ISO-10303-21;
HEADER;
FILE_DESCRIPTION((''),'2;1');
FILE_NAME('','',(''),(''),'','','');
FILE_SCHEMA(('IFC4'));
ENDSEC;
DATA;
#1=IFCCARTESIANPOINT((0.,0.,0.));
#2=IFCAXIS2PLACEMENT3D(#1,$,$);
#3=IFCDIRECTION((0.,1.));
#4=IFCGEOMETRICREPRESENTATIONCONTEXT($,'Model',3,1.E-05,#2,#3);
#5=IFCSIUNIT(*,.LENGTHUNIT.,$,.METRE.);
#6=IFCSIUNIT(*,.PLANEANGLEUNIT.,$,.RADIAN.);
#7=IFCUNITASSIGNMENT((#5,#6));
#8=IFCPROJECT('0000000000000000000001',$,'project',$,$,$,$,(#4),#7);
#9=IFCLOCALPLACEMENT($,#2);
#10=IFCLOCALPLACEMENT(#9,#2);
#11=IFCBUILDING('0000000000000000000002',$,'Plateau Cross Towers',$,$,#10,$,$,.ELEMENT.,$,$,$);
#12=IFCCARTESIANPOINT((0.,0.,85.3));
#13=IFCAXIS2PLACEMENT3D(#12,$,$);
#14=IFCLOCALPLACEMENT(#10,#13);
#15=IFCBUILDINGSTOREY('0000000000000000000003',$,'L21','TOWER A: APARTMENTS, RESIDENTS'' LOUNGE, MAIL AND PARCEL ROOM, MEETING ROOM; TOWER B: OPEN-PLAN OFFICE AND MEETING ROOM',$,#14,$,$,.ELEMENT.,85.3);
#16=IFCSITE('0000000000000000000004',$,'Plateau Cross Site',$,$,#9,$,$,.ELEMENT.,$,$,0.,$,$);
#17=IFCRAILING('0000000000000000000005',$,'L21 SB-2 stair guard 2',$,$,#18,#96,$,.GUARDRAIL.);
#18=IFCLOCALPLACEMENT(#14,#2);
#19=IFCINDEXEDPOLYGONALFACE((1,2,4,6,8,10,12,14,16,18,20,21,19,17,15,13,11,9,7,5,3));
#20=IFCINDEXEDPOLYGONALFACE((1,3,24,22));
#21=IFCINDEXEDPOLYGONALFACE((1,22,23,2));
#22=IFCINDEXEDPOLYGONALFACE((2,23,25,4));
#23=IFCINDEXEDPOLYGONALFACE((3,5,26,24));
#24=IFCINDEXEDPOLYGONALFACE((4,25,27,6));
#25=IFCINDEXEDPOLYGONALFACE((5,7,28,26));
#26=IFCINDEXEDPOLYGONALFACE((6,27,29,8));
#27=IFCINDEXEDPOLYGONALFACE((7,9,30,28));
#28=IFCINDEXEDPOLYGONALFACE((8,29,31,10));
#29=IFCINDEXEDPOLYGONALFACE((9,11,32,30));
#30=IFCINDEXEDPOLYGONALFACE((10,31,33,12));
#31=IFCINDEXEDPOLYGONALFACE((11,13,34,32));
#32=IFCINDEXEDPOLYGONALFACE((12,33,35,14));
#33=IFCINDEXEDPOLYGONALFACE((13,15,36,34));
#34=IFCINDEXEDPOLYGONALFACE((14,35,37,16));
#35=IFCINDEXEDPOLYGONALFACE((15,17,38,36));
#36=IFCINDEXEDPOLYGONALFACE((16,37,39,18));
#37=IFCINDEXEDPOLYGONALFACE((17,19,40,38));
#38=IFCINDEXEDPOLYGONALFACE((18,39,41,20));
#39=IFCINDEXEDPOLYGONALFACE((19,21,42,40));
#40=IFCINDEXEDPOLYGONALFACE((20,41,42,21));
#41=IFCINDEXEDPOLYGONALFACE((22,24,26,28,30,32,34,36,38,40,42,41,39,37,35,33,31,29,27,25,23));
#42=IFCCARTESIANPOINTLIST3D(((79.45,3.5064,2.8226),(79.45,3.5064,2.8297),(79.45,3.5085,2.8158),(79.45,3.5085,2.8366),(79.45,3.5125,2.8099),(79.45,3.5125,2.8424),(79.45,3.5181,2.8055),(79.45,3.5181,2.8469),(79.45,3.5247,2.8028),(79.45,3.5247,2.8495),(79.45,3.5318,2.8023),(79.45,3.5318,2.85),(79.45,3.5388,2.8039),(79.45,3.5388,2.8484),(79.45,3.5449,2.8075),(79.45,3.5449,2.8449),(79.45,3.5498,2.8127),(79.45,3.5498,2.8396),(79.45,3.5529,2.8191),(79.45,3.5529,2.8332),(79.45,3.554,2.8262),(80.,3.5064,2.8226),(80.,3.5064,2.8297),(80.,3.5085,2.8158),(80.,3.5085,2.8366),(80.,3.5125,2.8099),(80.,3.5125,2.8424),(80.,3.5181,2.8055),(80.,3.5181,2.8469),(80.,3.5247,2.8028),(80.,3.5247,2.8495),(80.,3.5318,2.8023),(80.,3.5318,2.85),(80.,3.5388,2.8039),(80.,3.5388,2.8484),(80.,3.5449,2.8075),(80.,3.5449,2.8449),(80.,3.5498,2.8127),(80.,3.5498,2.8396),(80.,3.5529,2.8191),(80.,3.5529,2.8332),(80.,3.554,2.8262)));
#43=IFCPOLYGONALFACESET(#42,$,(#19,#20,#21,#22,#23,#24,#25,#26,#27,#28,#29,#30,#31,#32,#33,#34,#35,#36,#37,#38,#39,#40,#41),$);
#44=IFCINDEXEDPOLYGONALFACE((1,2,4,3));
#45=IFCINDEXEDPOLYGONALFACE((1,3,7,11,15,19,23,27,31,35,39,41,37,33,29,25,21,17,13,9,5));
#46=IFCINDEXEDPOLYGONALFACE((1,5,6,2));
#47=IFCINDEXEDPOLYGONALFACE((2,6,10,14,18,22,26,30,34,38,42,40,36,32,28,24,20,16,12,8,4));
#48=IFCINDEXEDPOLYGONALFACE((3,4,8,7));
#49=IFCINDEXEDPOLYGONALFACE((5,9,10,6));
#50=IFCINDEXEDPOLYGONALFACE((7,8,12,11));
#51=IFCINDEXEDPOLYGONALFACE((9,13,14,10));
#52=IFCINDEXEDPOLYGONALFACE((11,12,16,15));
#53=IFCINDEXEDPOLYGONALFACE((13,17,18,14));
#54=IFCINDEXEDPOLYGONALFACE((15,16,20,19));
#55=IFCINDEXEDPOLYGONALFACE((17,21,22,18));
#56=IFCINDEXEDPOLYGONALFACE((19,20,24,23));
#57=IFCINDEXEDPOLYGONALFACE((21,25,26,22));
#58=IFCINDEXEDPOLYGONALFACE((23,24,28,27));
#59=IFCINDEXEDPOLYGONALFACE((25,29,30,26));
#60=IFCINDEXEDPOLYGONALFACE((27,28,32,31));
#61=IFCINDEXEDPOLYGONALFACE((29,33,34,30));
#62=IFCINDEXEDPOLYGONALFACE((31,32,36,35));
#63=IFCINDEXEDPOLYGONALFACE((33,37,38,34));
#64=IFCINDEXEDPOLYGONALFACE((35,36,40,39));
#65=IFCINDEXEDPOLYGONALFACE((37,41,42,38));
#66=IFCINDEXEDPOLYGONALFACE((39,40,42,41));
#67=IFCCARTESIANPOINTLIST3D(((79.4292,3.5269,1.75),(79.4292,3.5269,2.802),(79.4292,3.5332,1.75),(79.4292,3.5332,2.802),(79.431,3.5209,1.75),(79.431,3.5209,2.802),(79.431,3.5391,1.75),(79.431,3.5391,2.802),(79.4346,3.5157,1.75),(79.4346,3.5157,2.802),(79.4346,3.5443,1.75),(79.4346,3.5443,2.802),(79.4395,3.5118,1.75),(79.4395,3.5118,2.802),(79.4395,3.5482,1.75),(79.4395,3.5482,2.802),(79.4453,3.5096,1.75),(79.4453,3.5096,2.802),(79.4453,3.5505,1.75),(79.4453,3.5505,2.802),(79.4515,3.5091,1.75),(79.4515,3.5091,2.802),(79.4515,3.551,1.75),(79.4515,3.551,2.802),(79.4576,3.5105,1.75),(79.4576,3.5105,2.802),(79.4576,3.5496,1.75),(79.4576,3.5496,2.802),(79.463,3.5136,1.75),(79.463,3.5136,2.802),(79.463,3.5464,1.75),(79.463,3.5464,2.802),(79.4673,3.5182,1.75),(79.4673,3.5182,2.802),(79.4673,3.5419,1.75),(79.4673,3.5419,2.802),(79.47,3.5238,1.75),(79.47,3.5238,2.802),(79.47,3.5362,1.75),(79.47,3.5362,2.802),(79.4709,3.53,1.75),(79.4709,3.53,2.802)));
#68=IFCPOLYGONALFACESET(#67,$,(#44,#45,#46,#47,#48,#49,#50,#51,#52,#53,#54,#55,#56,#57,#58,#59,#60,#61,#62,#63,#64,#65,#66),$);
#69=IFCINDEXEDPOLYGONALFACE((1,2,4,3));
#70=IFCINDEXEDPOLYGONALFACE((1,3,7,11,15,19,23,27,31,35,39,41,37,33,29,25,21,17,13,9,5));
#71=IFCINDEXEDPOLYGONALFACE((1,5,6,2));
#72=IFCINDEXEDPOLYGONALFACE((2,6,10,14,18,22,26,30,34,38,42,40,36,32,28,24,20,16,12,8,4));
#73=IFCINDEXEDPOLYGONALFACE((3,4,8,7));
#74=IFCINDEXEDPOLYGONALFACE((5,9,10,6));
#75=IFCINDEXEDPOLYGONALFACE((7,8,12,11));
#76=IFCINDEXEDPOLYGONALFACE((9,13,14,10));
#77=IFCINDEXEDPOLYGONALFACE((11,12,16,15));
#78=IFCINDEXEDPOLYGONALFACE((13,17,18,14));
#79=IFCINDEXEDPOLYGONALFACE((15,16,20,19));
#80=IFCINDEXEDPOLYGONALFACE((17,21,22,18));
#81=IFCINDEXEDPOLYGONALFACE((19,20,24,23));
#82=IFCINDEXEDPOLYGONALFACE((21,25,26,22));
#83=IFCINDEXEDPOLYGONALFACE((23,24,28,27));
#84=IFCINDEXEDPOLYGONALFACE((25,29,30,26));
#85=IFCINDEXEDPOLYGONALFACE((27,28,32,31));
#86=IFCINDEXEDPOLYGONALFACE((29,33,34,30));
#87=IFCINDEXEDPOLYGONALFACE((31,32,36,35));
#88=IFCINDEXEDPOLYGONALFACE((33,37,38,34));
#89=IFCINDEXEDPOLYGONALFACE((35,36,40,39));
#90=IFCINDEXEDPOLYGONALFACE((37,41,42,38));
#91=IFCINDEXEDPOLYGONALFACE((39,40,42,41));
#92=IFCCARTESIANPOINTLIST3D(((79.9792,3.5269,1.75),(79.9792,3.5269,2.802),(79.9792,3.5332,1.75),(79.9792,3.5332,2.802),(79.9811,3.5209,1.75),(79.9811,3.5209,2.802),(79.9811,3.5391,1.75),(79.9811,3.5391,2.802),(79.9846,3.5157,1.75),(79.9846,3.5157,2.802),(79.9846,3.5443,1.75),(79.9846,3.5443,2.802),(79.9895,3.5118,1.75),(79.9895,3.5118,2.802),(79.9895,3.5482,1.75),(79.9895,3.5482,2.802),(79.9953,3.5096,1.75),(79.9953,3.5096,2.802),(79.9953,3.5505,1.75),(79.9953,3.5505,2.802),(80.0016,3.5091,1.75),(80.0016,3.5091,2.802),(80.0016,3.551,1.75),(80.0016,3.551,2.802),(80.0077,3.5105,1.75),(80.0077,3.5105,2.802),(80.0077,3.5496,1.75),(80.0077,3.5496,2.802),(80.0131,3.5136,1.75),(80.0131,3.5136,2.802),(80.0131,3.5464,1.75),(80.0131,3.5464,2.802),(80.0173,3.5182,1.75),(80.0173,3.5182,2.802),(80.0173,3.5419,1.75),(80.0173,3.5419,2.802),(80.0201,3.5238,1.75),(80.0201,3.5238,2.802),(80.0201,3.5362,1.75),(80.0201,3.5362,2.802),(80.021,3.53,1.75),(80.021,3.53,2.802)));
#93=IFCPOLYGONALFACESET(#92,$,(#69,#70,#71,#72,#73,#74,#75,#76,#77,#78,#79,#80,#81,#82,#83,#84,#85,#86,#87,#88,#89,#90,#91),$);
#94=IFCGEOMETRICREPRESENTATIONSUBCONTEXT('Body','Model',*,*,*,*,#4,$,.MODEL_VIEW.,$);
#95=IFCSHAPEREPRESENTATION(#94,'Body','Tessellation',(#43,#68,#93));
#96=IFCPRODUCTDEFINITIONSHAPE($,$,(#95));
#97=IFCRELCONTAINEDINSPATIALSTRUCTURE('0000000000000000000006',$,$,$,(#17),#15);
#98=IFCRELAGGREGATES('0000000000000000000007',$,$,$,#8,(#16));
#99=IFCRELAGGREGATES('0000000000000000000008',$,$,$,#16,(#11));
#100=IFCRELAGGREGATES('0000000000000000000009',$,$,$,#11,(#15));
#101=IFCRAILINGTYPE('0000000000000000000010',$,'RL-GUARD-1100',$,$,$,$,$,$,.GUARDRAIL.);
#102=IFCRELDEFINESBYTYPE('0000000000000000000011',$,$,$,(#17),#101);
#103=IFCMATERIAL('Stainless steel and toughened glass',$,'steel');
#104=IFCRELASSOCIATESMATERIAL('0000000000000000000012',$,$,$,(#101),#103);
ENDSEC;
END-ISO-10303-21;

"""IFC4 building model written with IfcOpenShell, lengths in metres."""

from ifc_helpers import new_model, si_unit, direction, frame, origin, origin_2d, place, context, subcontext, project, spatial, circle, extrude, material, type_object, element, save


model = new_model("IFC4")

# Units and contexts
model_context = context("Model", 3, precision=1e-05, world=origin(), true_north=direction((0.0, 1.0)))
body_context = subcontext(model_context, "Body", "Model", "MODEL_VIEW")
ifc_project = project(units=[si_unit("LENGTHUNIT", "METRE"), si_unit("PLANEANGLEUNIT", "RADIAN")], contexts=[model_context])

# Site, building, storey
site_placement = place(None, origin())
site = spatial("IfcSite", under=ifc_project, at=site_placement, Name="Plateau Cross Site", CompositionType="ELEMENT", RefElevation=0.0)
building_placement = place(site_placement, origin())
building = spatial("IfcBuilding", under=site, at=building_placement, Name="Plateau Cross Towers", CompositionType="ELEMENT")
storey_placement = place(building_placement, frame((0.0, 0.0, 85.3)))
storey = spatial("IfcBuildingStorey", under=building, at=storey_placement, Name="L21", Description="TOWER A: APARTMENTS, RESIDENTS' LOUNGE, MAIL AND PARCEL ROOM, MEETING ROOM; TOWER B: OPEN-PLAN OFFICE AND MEETING ROOM", CompositionType="ELEMENT", Elevation=85.3)

# Railing
ifc_material_1 = material(Name="Stainless steel and toughened glass", Category="steel")
railing_type_1 = type_object("IfcRailingType", Name="RL-GUARD-1100", PredefinedType="GUARDRAIL", material=ifc_material_1)
railing_1_placement = place(storey_placement, frame((79.45, 3.53, 1.75)))
element("IfcRailing", 1, at=railing_1_placement, inside=storey, type_object=railing_type_1, Name="L21 SB-2 stair guard 2", PredefinedType="GUARDRAIL", context=body_context, shape_type="SweptSolid", body=[
    extrude(circle(Radius=0.0239, at=origin_2d()), frame((0.0, 0.0, 1.0762), z_axis=(1.0, 0.0, 0.0), x_axis=(0.0, 1.0, 0.0)), (0.0, 0.0, 1.0), 0.55),
    extrude(circle(Radius=0.021, at=origin_2d()), origin(), (0.0, 0.0, 1.0), 1.052),
    extrude(circle(Radius=0.021, at=origin_2d()), frame((0.55, 0.0, 0.0)), (0.0, 0.0, 1.0), 1.052),
])

save(model, "model.ifc")
